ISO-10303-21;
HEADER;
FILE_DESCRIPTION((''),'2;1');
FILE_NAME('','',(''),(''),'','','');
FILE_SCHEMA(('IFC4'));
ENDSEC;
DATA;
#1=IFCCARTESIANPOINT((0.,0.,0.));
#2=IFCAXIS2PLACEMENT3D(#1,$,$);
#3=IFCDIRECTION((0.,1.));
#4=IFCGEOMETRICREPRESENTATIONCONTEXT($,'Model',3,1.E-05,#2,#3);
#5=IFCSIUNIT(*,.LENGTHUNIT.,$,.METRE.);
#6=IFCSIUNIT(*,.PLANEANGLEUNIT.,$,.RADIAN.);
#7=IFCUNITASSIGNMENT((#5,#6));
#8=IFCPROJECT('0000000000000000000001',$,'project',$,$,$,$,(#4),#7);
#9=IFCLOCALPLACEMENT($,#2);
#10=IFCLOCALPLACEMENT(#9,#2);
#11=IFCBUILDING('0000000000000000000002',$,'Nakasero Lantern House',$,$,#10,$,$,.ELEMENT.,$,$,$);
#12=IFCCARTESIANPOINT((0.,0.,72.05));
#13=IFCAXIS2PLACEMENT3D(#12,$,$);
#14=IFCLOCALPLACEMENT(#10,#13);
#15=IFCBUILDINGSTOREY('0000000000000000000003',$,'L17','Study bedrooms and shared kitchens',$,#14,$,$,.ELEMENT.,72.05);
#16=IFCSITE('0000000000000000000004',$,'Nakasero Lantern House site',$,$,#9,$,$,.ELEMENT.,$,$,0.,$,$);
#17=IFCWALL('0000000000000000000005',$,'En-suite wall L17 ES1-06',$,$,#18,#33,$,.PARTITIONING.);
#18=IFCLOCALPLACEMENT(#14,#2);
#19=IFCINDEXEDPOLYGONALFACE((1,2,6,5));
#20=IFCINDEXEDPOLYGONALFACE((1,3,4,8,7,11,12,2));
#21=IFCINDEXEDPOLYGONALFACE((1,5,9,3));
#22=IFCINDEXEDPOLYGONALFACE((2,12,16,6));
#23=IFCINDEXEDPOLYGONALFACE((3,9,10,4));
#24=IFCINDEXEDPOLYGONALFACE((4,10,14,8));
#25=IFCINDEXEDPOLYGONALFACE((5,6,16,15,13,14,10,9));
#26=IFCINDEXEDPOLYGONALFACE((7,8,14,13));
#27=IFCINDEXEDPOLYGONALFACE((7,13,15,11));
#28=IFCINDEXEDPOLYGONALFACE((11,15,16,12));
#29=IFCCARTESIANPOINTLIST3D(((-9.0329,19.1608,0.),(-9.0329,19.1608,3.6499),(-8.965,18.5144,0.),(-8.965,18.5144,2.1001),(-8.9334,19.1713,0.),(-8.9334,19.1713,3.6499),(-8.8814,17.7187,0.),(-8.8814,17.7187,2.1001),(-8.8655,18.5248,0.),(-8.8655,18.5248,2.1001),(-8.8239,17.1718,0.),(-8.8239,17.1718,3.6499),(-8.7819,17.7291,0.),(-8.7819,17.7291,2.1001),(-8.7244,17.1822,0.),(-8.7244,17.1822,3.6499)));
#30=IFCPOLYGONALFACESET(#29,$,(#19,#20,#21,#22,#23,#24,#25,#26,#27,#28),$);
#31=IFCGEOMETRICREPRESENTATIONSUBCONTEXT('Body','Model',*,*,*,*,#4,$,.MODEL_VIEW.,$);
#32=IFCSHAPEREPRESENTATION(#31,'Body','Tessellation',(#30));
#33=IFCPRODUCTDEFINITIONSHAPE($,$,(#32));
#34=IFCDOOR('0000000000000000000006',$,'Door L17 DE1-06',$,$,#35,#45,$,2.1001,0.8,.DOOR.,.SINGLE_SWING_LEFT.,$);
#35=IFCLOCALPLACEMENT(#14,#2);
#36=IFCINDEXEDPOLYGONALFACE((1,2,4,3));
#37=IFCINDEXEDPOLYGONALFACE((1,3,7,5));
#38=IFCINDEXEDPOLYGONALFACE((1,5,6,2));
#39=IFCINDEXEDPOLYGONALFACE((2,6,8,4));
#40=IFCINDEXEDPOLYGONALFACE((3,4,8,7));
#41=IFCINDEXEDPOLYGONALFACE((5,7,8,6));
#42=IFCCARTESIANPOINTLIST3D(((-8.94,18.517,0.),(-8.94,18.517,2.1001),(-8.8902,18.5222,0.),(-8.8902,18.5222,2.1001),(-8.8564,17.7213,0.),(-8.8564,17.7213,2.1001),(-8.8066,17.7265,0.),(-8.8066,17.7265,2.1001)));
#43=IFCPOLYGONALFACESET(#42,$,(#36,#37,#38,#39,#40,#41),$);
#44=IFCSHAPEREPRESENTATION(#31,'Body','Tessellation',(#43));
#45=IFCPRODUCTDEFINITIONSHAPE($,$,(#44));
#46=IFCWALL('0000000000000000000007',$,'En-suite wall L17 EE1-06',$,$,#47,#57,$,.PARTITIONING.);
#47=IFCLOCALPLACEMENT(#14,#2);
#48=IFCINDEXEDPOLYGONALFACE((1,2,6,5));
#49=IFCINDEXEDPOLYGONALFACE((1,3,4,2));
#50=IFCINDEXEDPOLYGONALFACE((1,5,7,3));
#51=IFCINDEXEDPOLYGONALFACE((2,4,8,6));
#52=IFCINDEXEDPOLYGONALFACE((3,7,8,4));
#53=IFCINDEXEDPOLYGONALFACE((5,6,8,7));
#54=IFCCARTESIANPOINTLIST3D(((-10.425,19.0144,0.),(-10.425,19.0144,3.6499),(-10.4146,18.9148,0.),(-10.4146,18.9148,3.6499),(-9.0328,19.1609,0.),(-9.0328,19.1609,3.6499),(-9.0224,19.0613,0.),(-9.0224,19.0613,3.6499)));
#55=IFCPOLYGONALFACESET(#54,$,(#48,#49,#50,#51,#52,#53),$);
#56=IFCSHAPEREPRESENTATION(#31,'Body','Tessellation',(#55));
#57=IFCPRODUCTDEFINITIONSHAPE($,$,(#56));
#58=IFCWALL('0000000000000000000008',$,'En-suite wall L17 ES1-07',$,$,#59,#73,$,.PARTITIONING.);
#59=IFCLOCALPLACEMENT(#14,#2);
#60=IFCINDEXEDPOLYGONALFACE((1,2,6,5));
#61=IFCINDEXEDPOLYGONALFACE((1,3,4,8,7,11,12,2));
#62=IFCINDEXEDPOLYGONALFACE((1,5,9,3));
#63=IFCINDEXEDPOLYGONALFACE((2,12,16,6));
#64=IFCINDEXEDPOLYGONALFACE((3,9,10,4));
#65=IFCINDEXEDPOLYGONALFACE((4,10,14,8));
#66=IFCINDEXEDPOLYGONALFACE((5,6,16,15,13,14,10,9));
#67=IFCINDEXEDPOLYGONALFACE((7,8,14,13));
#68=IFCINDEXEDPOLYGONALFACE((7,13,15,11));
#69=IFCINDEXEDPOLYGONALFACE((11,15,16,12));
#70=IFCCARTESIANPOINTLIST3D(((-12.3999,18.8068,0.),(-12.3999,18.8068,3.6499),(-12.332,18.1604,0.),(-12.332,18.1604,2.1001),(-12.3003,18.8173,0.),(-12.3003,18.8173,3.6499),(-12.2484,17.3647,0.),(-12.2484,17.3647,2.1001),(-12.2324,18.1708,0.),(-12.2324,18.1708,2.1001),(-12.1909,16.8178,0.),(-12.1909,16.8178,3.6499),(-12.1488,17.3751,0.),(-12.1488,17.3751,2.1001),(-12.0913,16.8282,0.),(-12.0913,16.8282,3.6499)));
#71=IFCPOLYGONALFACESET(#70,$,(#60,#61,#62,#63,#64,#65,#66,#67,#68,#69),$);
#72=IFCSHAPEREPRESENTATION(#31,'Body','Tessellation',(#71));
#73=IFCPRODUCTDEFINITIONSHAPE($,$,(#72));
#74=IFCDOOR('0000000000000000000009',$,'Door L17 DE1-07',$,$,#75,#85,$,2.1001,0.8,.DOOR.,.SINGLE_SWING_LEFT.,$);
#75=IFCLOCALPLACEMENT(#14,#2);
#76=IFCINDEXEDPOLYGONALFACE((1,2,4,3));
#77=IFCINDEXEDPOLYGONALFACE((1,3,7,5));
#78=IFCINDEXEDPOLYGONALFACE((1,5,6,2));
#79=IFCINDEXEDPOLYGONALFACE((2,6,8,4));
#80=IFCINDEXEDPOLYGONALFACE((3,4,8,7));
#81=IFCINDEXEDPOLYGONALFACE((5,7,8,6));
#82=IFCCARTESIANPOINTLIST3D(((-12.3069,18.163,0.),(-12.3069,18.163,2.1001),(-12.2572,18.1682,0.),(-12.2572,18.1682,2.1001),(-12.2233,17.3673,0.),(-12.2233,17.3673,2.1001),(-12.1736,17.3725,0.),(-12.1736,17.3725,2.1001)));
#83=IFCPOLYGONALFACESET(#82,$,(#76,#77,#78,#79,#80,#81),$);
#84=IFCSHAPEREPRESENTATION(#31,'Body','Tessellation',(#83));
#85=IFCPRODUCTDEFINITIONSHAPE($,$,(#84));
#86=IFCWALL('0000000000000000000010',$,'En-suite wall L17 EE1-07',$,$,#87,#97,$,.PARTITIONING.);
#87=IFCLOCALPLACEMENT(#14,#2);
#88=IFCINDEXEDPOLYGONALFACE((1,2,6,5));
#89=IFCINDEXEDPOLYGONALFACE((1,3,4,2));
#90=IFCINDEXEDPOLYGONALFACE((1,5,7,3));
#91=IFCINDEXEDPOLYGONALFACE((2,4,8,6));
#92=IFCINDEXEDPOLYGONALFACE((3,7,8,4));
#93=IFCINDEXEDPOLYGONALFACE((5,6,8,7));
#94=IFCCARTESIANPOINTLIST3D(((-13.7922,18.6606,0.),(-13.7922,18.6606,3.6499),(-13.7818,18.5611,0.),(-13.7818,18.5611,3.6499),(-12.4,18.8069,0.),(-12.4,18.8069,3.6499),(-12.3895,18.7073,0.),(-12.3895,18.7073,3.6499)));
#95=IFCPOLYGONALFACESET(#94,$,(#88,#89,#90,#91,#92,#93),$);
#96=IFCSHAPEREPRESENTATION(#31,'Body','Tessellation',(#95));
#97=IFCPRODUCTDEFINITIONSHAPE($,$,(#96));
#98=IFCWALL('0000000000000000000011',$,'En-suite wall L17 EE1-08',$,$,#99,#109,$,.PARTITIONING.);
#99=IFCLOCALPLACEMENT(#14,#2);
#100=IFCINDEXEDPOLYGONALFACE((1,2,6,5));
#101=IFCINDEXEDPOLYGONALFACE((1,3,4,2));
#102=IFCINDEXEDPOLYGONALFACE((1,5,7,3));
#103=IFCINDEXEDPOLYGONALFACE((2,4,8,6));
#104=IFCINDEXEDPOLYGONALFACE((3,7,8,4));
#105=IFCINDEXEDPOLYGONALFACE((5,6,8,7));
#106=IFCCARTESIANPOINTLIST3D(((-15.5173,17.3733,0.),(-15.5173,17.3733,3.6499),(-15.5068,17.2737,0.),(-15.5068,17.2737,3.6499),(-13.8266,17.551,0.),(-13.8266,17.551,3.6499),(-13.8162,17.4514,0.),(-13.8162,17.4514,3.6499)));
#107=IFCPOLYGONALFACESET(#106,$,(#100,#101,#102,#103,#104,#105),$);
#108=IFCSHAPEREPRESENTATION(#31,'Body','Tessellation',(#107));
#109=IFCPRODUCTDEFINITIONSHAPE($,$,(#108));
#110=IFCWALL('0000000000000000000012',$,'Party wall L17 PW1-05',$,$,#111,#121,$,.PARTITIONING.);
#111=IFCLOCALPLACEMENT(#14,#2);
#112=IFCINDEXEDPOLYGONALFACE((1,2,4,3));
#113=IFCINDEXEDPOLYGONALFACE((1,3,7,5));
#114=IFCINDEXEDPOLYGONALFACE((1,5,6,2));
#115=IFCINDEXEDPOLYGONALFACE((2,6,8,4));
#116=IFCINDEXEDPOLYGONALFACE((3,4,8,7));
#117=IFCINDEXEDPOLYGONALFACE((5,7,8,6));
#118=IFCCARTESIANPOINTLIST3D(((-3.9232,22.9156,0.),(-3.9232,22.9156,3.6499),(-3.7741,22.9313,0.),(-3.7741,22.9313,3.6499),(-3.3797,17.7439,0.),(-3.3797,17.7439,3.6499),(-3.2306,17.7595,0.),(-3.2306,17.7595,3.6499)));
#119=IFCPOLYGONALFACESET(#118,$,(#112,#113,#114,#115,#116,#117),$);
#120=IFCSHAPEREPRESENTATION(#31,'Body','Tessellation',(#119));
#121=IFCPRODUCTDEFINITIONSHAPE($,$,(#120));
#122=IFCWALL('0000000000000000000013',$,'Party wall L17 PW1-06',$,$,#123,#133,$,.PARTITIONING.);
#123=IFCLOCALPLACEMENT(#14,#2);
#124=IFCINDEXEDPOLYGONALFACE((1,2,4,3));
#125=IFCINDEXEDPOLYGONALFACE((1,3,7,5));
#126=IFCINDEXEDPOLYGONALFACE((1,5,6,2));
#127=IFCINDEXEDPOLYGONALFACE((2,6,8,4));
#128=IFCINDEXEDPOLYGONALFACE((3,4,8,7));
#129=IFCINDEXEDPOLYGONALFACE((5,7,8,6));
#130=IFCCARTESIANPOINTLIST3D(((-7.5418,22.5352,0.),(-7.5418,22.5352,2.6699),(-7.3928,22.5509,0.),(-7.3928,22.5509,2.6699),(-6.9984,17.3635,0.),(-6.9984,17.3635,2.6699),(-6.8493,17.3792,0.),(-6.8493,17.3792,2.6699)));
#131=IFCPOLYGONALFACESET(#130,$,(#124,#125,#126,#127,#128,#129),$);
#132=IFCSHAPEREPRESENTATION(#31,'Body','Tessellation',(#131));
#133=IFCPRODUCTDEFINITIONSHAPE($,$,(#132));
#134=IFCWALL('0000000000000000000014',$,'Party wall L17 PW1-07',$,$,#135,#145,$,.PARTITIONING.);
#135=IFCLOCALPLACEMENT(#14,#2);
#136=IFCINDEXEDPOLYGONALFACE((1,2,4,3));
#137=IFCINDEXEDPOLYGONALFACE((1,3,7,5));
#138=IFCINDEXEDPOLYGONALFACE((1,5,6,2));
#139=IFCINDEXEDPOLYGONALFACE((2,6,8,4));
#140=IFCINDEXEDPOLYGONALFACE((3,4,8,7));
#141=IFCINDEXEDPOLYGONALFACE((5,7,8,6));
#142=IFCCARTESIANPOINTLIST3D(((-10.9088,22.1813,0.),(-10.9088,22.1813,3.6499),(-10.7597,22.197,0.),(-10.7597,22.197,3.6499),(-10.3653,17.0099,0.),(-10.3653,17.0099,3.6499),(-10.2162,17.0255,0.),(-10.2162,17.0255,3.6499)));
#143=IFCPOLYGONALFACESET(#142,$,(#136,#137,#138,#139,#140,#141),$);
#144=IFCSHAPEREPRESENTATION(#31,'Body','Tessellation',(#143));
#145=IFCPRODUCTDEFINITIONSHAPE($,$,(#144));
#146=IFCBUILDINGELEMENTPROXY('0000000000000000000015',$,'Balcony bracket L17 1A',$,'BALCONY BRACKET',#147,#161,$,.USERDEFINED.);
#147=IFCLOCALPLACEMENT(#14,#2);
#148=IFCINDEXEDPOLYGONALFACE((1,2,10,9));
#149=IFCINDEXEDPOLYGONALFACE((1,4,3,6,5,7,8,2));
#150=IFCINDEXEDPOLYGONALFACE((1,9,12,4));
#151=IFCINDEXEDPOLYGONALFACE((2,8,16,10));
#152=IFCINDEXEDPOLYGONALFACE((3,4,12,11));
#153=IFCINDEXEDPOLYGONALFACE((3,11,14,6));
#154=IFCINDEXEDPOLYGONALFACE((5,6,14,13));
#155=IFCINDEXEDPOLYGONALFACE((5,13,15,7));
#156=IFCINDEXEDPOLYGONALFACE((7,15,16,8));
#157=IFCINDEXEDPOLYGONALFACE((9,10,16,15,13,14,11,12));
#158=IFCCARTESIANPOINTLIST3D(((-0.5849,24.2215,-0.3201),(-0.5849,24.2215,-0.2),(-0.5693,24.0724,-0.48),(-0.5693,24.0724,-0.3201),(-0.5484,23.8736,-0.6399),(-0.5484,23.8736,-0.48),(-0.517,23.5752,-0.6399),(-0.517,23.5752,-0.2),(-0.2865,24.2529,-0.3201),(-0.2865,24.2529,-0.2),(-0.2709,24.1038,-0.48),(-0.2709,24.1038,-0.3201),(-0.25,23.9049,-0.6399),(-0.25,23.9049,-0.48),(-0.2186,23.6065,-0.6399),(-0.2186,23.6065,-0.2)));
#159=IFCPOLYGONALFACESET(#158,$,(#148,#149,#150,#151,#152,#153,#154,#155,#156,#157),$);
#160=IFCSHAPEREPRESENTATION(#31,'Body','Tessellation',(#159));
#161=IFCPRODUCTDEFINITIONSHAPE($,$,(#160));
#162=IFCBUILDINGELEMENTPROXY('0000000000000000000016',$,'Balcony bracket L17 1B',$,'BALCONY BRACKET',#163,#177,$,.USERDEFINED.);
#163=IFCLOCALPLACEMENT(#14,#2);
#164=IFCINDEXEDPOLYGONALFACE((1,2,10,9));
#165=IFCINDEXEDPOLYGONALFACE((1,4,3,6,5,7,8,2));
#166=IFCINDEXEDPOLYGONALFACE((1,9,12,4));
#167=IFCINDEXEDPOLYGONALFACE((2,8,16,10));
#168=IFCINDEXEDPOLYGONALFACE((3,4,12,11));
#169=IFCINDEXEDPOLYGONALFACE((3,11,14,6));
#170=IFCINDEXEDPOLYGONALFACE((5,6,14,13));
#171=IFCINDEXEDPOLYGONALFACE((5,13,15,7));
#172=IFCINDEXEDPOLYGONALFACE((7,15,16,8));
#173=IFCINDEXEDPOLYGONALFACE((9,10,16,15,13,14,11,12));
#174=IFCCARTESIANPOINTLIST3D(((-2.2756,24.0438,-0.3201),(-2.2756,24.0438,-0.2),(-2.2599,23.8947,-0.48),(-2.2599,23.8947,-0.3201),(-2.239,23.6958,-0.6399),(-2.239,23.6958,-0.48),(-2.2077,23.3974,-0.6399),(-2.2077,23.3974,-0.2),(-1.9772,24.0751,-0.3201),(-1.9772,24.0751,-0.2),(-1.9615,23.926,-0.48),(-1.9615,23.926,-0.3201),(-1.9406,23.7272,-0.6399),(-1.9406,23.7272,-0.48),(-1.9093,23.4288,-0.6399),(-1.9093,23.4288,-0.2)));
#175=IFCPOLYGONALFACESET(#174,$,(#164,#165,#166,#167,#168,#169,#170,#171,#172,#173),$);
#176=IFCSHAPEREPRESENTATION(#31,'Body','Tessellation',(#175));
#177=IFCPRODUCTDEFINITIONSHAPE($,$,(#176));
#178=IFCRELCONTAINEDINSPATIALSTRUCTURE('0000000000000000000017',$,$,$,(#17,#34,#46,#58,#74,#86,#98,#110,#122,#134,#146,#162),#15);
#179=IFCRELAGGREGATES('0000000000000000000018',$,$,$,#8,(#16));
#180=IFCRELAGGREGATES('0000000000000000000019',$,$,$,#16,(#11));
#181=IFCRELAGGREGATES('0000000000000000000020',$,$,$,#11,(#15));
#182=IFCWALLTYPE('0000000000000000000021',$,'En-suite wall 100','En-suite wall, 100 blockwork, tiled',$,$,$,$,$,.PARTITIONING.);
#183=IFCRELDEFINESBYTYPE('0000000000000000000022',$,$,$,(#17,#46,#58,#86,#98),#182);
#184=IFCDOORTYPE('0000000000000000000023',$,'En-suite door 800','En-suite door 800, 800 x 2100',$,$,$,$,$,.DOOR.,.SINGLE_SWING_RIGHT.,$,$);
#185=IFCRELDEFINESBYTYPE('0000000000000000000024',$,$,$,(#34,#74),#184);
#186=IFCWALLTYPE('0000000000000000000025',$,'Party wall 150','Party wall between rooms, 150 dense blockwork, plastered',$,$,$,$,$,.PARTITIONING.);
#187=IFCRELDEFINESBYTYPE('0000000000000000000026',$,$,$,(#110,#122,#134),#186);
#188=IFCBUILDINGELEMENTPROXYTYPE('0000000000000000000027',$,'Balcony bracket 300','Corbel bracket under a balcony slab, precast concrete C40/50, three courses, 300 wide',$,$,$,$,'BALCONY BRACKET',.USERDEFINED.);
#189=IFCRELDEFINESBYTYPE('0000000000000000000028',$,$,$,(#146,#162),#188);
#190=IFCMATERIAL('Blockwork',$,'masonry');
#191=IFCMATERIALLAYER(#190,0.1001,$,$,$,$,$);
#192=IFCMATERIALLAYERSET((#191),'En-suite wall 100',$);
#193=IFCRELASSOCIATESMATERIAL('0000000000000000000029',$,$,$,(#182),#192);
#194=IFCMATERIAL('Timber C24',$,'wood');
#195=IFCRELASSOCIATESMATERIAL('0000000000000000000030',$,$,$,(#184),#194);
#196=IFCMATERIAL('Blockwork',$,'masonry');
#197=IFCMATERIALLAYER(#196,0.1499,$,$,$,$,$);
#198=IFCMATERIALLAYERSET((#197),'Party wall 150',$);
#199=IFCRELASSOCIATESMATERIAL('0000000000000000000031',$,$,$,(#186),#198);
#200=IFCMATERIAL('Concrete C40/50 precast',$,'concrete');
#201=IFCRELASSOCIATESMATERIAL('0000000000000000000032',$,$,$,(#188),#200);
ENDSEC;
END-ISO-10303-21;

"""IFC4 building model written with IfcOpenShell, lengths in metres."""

from ifc_helpers import new_model, si_unit, direction, frame, frame_2d, origin, place, context, subcontext, project, spatial, polyline, rectangle, outline, extrude, material, layer, layer_set, type_object, element, fill, save


model = new_model("IFC4")

# Units and contexts
model_context = context("Model", 3, precision=1e-05, world=origin(), true_north=direction((0.0, 1.0)))
body_context = subcontext(model_context, "Body", "Model", "MODEL_VIEW")
ifc_project = project(units=[si_unit("LENGTHUNIT", "METRE"), si_unit("PLANEANGLEUNIT", "RADIAN")], contexts=[model_context])

# Site, building, storey
site_placement = place(None, origin())
site = spatial("IfcSite", under=ifc_project, at=site_placement, Name="Nakasero Lantern House site", CompositionType="ELEMENT", RefElevation=0.0)
building_placement = place(site_placement, origin())
building = spatial("IfcBuilding", under=site, at=building_placement, Name="Nakasero Lantern House", CompositionType="ELEMENT")
storey_placement = place(building_placement, frame((0.0, 0.0, 72.05)))
storey = spatial("IfcBuildingStorey", under=building, at=storey_placement, Name="L17", Description="Study bedrooms and shared kitchens", CompositionType="ELEMENT", Elevation=72.05)

# Shared definitions
ifc_material_1 = material(Name="Blockwork", Category="masonry")
ifc_layer_1 = layer(ifc_material_1, 0.1001)
ifc_layer_set_1 = layer_set([ifc_layer_1], Name="En-suite wall 100")
wall_type_1 = type_object("IfcWallType", Name="En-suite wall 100", Description="En-suite wall, 100 blockwork, tiled", PredefinedType="PARTITIONING", material=ifc_layer_set_1)
ifc_material_2 = material(Name="Timber C24", Category="wood")
door_type = type_object("IfcDoorType", Name="En-suite door 800", Description="En-suite door 800, 800 x 2100", OperationType="SINGLE_SWING_RIGHT", PredefinedType="DOOR", material=ifc_material_2)

# Wall, opening, door
wall_1_placement = place(storey_placement, frame((-8.7742, 17.177, 0.0), z_axis=(0.0, 0.0, 1.0), x_axis=(-0.104494, 0.994526, 0.0)))
wall_1 = element("IfcWall", 1, at=wall_1_placement, inside=storey, type_object=wall_type_1, Name="En-suite wall L17 ES1-06", PredefinedType="PARTITIONING", context=body_context, shape_type="SweptSolid", body=[
    extrude(rectangle(XDim=2.0, YDim=0.1001, at=frame_2d((1.0, 0.0))), origin(), (0.0, 0.0, 1.0), 3.6499),
])
opening_1_placement = place(wall_1_placement, frame((0.55, 0.0, 0.0)))
opening_1 = element("IfcOpeningElement", 2, at=opening_1_placement, cuts=wall_1, PredefinedType="OPENING", context=body_context, shape_type="SweptSolid", body=[
    extrude(rectangle(XDim=0.8, YDim=2.1001, at=frame_2d((0.3999, 1.05))), frame((0.0, 0.0701, 0.0), z_axis=(0.0, -1.0, 0.0), x_axis=(1.0, 0.0, 0.0)), (0.0, 0.0, 1.0), 0.1401),
])
door_1_placement = place(opening_1_placement, origin())
door_1 = element("IfcDoor", 3, at=door_1_placement, inside=storey, type_object=door_type, Name="Door L17 DE1-06", OperationType="SINGLE_SWING_LEFT", OverallHeight=2.1001, OverallWidth=0.8, PredefinedType="DOOR", context=body_context, shape_type="SweptSolid", body=[
    extrude(rectangle(XDim=0.8, YDim=2.1001, at=frame_2d((0.3999, 1.05))), frame((0.0, 0.0249, 0.0), z_axis=(0.0, -1.0, 0.0), x_axis=(1.0, 0.0, 0.0)), (0.0, 0.0, 1.0), 0.05),
])
fill(opening_1, door_1)

# Wall
wall_2_placement = place(storey_placement, frame((-9.0276, 19.1111, 0.0), z_axis=(0.0, 0.0, 1.0), x_axis=(-0.994511, -0.10463, 0.0)))
element("IfcWall", 4, at=wall_2_placement, inside=storey, type_object=wall_type_1, Name="En-suite wall L17 EE1-06", PredefinedType="PARTITIONING", context=body_context, shape_type="SweptSolid", body=[
    extrude(rectangle(XDim=1.3999, YDim=0.1001, at=frame_2d((0.7, 0.0))), origin(), (0.0, 0.0, 1.0), 3.6499),
])

# Wall, opening, door
wall_3_placement = place(storey_placement, frame((-12.1411, 16.823, 0.0), z_axis=(0.0, 0.0, 1.0), x_axis=(-0.104494, 0.994526, 0.0)))
wall_3 = element("IfcWall", 5, at=wall_3_placement, inside=storey, type_object=wall_type_1, Name="En-suite wall L17 ES1-07", PredefinedType="PARTITIONING", context=body_context, shape_type="SweptSolid", body=[
    extrude(rectangle(XDim=2.0, YDim=0.1001, at=frame_2d((1.0, 0.0))), origin(), (0.0, 0.0, 1.0), 3.6499),
])
opening_2_placement = place(wall_3_placement, frame((0.55, 0.0, 0.0)))
opening_2 = element("IfcOpeningElement", 6, at=opening_2_placement, cuts=wall_3, PredefinedType="OPENING", context=body_context, shape_type="SweptSolid", body=[
    extrude(rectangle(XDim=0.8, YDim=2.1001, at=frame_2d((0.3999, 1.05))), frame((0.0, 0.0701, 0.0), z_axis=(0.0, -1.0, 0.0), x_axis=(1.0, 0.0, 0.0)), (0.0, 0.0, 1.0), 0.1401),
])
door_2_placement = place(opening_2_placement, origin())
door_2 = element("IfcDoor", 7, at=door_2_placement, inside=storey, type_object=door_type, Name="Door L17 DE1-07", OperationType="SINGLE_SWING_LEFT", OverallHeight=2.1001, OverallWidth=0.8, PredefinedType="DOOR", context=body_context, shape_type="SweptSolid", body=[
    extrude(rectangle(XDim=0.8, YDim=2.1001, at=frame_2d((0.3999, 1.05))), frame((0.0, 0.0249, 0.0), z_axis=(0.0, -1.0, 0.0), x_axis=(1.0, 0.0, 0.0)), (0.0, 0.0, 1.0), 0.05),
])
fill(opening_2, door_2)

# Walls
wall_4_placement = place(storey_placement, frame((-12.3948, 18.7571, 0.0), z_axis=(0.0, 0.0, 1.0), x_axis=(-0.994529, -0.104458, 0.0)))
element("IfcWall", 8, at=wall_4_placement, inside=storey, type_object=wall_type_1, Name="En-suite wall L17 EE1-07", PredefinedType="PARTITIONING", context=body_context, shape_type="SweptSolid", body=[
    extrude(rectangle(XDim=1.3999, YDim=0.1001, at=frame_2d((0.7, 0.0))), origin(), (0.0, 0.0, 1.0), 3.6499),
])
wall_5_placement = place(storey_placement, frame((-13.8213, 17.5012, 0.0), z_axis=(0.0, 0.0, 1.0), x_axis=(-0.99452, -0.10455, 0.0)))
element("IfcWall", 9, at=wall_5_placement, inside=storey, type_object=wall_type_1, Name="En-suite wall L17 EE1-08", PredefinedType="PARTITIONING", context=body_context, shape_type="SweptSolid", body=[
    extrude(rectangle(XDim=1.7, YDim=0.1001, at=frame_2d((0.8501, 0.0))), origin(), (0.0, 0.0, 1.0), 3.6499),
])
ifc_material_3 = material(Name="Blockwork", Category="masonry")
ifc_layer_2 = layer(ifc_material_3, 0.1499)
ifc_layer_set_2 = layer_set([ifc_layer_2], Name="Party wall 150")
wall_type_2 = type_object("IfcWallType", Name="Party wall 150", Description="Party wall between rooms, 150 dense blockwork, plastered", PredefinedType="PARTITIONING", material=ifc_layer_set_2)
wall_6_placement = place(storey_placement, frame((-3.3052, 17.7517, 0.0), z_axis=(0.0, 0.0, 1.0), x_axis=(-0.104509, 0.994524, 0.0)))
element("IfcWall", 10, at=wall_6_placement, inside=storey, type_object=wall_type_2, Name="Party wall L17 PW1-05", PredefinedType="PARTITIONING", context=body_context, shape_type="SweptSolid", body=[
    extrude(rectangle(XDim=5.2002, YDim=0.1499, at=frame_2d((2.6001, 0.0))), origin(), (0.0, 0.0, 1.0), 3.6499),
])
wall_7_placement = place(storey_placement, frame((-6.9238, 17.3713, 0.0), z_axis=(0.0, 0.0, 1.0), x_axis=(-0.104509, 0.994524, 0.0)))
element("IfcWall", 11, at=wall_7_placement, inside=storey, type_object=wall_type_2, Name="Party wall L17 PW1-06", PredefinedType="PARTITIONING", context=body_context, shape_type="SweptSolid", body=[
    extrude(rectangle(XDim=5.2002, YDim=0.1499, at=frame_2d((2.6001, 0.0))), origin(), (0.0, 0.0, 1.0), 2.6699),
])
wall_8_placement = place(storey_placement, frame((-10.2908, 17.0176, 0.0), z_axis=(0.0, 0.0, 1.0), x_axis=(-0.104514, 0.994523, 0.0)))
element("IfcWall", 12, at=wall_8_placement, inside=storey, type_object=wall_type_2, Name="Party wall L17 PW1-07", PredefinedType="PARTITIONING", context=body_context, shape_type="SweptSolid", body=[
    extrude(rectangle(XDim=5.2, YDim=0.1499, at=frame_2d((2.6001, 0.0))), origin(), (0.0, 0.0, 1.0), 3.6499),
])

# Building element proxies
ifc_material_4 = material(Name="Concrete C40/50 precast", Category="concrete")
building_element_proxy_type = type_object("IfcBuildingElementProxyType", Name="Balcony bracket 300", Description="Corbel bracket under a balcony slab, precast concrete C40/50, three courses, 300 wide", ElementType="BALCONY BRACKET", PredefinedType="USERDEFINED", material=ifc_material_4)
for number, where, z_axis, x_axis, name in (
    (13, (-0.3679, 23.5908, -0.2), (0.0, 0.0, 1.0), (-0.104528, 0.994522, 0.0), "Balcony bracket L17 1A"),
    (14, (-2.0586, 23.4131, -0.2), (0.0, 0.0, 1.0), (-0.104528, 0.994522, 0.0), "Balcony bracket L17 1B"),
):
    element("IfcBuildingElementProxy", number, at=place(storey_placement, frame(where, z_axis=z_axis, x_axis=x_axis)), inside=storey, type_object=building_element_proxy_type, Name=name, ObjectType="BALCONY BRACKET", PredefinedType="USERDEFINED", context=body_context, shape_type="SweptSolid", body=[
        extrude(outline(polyline([(0.0, 0.0), (0.6499, 0.0), (0.6499, -0.1201), (0.5, -0.1201), (0.5, -0.28), (0.3, -0.28), (0.3, -0.4399), (0.0, -0.4399), (0.0, 0.0)])), frame((0.0, 0.1499, 0.0), z_axis=(0.0, -1.0, 0.0), x_axis=(1.0, 0.0, 0.0)), (0.0, 0.0, 1.0), 0.3),
    ])

save(model, "model.ifc")
